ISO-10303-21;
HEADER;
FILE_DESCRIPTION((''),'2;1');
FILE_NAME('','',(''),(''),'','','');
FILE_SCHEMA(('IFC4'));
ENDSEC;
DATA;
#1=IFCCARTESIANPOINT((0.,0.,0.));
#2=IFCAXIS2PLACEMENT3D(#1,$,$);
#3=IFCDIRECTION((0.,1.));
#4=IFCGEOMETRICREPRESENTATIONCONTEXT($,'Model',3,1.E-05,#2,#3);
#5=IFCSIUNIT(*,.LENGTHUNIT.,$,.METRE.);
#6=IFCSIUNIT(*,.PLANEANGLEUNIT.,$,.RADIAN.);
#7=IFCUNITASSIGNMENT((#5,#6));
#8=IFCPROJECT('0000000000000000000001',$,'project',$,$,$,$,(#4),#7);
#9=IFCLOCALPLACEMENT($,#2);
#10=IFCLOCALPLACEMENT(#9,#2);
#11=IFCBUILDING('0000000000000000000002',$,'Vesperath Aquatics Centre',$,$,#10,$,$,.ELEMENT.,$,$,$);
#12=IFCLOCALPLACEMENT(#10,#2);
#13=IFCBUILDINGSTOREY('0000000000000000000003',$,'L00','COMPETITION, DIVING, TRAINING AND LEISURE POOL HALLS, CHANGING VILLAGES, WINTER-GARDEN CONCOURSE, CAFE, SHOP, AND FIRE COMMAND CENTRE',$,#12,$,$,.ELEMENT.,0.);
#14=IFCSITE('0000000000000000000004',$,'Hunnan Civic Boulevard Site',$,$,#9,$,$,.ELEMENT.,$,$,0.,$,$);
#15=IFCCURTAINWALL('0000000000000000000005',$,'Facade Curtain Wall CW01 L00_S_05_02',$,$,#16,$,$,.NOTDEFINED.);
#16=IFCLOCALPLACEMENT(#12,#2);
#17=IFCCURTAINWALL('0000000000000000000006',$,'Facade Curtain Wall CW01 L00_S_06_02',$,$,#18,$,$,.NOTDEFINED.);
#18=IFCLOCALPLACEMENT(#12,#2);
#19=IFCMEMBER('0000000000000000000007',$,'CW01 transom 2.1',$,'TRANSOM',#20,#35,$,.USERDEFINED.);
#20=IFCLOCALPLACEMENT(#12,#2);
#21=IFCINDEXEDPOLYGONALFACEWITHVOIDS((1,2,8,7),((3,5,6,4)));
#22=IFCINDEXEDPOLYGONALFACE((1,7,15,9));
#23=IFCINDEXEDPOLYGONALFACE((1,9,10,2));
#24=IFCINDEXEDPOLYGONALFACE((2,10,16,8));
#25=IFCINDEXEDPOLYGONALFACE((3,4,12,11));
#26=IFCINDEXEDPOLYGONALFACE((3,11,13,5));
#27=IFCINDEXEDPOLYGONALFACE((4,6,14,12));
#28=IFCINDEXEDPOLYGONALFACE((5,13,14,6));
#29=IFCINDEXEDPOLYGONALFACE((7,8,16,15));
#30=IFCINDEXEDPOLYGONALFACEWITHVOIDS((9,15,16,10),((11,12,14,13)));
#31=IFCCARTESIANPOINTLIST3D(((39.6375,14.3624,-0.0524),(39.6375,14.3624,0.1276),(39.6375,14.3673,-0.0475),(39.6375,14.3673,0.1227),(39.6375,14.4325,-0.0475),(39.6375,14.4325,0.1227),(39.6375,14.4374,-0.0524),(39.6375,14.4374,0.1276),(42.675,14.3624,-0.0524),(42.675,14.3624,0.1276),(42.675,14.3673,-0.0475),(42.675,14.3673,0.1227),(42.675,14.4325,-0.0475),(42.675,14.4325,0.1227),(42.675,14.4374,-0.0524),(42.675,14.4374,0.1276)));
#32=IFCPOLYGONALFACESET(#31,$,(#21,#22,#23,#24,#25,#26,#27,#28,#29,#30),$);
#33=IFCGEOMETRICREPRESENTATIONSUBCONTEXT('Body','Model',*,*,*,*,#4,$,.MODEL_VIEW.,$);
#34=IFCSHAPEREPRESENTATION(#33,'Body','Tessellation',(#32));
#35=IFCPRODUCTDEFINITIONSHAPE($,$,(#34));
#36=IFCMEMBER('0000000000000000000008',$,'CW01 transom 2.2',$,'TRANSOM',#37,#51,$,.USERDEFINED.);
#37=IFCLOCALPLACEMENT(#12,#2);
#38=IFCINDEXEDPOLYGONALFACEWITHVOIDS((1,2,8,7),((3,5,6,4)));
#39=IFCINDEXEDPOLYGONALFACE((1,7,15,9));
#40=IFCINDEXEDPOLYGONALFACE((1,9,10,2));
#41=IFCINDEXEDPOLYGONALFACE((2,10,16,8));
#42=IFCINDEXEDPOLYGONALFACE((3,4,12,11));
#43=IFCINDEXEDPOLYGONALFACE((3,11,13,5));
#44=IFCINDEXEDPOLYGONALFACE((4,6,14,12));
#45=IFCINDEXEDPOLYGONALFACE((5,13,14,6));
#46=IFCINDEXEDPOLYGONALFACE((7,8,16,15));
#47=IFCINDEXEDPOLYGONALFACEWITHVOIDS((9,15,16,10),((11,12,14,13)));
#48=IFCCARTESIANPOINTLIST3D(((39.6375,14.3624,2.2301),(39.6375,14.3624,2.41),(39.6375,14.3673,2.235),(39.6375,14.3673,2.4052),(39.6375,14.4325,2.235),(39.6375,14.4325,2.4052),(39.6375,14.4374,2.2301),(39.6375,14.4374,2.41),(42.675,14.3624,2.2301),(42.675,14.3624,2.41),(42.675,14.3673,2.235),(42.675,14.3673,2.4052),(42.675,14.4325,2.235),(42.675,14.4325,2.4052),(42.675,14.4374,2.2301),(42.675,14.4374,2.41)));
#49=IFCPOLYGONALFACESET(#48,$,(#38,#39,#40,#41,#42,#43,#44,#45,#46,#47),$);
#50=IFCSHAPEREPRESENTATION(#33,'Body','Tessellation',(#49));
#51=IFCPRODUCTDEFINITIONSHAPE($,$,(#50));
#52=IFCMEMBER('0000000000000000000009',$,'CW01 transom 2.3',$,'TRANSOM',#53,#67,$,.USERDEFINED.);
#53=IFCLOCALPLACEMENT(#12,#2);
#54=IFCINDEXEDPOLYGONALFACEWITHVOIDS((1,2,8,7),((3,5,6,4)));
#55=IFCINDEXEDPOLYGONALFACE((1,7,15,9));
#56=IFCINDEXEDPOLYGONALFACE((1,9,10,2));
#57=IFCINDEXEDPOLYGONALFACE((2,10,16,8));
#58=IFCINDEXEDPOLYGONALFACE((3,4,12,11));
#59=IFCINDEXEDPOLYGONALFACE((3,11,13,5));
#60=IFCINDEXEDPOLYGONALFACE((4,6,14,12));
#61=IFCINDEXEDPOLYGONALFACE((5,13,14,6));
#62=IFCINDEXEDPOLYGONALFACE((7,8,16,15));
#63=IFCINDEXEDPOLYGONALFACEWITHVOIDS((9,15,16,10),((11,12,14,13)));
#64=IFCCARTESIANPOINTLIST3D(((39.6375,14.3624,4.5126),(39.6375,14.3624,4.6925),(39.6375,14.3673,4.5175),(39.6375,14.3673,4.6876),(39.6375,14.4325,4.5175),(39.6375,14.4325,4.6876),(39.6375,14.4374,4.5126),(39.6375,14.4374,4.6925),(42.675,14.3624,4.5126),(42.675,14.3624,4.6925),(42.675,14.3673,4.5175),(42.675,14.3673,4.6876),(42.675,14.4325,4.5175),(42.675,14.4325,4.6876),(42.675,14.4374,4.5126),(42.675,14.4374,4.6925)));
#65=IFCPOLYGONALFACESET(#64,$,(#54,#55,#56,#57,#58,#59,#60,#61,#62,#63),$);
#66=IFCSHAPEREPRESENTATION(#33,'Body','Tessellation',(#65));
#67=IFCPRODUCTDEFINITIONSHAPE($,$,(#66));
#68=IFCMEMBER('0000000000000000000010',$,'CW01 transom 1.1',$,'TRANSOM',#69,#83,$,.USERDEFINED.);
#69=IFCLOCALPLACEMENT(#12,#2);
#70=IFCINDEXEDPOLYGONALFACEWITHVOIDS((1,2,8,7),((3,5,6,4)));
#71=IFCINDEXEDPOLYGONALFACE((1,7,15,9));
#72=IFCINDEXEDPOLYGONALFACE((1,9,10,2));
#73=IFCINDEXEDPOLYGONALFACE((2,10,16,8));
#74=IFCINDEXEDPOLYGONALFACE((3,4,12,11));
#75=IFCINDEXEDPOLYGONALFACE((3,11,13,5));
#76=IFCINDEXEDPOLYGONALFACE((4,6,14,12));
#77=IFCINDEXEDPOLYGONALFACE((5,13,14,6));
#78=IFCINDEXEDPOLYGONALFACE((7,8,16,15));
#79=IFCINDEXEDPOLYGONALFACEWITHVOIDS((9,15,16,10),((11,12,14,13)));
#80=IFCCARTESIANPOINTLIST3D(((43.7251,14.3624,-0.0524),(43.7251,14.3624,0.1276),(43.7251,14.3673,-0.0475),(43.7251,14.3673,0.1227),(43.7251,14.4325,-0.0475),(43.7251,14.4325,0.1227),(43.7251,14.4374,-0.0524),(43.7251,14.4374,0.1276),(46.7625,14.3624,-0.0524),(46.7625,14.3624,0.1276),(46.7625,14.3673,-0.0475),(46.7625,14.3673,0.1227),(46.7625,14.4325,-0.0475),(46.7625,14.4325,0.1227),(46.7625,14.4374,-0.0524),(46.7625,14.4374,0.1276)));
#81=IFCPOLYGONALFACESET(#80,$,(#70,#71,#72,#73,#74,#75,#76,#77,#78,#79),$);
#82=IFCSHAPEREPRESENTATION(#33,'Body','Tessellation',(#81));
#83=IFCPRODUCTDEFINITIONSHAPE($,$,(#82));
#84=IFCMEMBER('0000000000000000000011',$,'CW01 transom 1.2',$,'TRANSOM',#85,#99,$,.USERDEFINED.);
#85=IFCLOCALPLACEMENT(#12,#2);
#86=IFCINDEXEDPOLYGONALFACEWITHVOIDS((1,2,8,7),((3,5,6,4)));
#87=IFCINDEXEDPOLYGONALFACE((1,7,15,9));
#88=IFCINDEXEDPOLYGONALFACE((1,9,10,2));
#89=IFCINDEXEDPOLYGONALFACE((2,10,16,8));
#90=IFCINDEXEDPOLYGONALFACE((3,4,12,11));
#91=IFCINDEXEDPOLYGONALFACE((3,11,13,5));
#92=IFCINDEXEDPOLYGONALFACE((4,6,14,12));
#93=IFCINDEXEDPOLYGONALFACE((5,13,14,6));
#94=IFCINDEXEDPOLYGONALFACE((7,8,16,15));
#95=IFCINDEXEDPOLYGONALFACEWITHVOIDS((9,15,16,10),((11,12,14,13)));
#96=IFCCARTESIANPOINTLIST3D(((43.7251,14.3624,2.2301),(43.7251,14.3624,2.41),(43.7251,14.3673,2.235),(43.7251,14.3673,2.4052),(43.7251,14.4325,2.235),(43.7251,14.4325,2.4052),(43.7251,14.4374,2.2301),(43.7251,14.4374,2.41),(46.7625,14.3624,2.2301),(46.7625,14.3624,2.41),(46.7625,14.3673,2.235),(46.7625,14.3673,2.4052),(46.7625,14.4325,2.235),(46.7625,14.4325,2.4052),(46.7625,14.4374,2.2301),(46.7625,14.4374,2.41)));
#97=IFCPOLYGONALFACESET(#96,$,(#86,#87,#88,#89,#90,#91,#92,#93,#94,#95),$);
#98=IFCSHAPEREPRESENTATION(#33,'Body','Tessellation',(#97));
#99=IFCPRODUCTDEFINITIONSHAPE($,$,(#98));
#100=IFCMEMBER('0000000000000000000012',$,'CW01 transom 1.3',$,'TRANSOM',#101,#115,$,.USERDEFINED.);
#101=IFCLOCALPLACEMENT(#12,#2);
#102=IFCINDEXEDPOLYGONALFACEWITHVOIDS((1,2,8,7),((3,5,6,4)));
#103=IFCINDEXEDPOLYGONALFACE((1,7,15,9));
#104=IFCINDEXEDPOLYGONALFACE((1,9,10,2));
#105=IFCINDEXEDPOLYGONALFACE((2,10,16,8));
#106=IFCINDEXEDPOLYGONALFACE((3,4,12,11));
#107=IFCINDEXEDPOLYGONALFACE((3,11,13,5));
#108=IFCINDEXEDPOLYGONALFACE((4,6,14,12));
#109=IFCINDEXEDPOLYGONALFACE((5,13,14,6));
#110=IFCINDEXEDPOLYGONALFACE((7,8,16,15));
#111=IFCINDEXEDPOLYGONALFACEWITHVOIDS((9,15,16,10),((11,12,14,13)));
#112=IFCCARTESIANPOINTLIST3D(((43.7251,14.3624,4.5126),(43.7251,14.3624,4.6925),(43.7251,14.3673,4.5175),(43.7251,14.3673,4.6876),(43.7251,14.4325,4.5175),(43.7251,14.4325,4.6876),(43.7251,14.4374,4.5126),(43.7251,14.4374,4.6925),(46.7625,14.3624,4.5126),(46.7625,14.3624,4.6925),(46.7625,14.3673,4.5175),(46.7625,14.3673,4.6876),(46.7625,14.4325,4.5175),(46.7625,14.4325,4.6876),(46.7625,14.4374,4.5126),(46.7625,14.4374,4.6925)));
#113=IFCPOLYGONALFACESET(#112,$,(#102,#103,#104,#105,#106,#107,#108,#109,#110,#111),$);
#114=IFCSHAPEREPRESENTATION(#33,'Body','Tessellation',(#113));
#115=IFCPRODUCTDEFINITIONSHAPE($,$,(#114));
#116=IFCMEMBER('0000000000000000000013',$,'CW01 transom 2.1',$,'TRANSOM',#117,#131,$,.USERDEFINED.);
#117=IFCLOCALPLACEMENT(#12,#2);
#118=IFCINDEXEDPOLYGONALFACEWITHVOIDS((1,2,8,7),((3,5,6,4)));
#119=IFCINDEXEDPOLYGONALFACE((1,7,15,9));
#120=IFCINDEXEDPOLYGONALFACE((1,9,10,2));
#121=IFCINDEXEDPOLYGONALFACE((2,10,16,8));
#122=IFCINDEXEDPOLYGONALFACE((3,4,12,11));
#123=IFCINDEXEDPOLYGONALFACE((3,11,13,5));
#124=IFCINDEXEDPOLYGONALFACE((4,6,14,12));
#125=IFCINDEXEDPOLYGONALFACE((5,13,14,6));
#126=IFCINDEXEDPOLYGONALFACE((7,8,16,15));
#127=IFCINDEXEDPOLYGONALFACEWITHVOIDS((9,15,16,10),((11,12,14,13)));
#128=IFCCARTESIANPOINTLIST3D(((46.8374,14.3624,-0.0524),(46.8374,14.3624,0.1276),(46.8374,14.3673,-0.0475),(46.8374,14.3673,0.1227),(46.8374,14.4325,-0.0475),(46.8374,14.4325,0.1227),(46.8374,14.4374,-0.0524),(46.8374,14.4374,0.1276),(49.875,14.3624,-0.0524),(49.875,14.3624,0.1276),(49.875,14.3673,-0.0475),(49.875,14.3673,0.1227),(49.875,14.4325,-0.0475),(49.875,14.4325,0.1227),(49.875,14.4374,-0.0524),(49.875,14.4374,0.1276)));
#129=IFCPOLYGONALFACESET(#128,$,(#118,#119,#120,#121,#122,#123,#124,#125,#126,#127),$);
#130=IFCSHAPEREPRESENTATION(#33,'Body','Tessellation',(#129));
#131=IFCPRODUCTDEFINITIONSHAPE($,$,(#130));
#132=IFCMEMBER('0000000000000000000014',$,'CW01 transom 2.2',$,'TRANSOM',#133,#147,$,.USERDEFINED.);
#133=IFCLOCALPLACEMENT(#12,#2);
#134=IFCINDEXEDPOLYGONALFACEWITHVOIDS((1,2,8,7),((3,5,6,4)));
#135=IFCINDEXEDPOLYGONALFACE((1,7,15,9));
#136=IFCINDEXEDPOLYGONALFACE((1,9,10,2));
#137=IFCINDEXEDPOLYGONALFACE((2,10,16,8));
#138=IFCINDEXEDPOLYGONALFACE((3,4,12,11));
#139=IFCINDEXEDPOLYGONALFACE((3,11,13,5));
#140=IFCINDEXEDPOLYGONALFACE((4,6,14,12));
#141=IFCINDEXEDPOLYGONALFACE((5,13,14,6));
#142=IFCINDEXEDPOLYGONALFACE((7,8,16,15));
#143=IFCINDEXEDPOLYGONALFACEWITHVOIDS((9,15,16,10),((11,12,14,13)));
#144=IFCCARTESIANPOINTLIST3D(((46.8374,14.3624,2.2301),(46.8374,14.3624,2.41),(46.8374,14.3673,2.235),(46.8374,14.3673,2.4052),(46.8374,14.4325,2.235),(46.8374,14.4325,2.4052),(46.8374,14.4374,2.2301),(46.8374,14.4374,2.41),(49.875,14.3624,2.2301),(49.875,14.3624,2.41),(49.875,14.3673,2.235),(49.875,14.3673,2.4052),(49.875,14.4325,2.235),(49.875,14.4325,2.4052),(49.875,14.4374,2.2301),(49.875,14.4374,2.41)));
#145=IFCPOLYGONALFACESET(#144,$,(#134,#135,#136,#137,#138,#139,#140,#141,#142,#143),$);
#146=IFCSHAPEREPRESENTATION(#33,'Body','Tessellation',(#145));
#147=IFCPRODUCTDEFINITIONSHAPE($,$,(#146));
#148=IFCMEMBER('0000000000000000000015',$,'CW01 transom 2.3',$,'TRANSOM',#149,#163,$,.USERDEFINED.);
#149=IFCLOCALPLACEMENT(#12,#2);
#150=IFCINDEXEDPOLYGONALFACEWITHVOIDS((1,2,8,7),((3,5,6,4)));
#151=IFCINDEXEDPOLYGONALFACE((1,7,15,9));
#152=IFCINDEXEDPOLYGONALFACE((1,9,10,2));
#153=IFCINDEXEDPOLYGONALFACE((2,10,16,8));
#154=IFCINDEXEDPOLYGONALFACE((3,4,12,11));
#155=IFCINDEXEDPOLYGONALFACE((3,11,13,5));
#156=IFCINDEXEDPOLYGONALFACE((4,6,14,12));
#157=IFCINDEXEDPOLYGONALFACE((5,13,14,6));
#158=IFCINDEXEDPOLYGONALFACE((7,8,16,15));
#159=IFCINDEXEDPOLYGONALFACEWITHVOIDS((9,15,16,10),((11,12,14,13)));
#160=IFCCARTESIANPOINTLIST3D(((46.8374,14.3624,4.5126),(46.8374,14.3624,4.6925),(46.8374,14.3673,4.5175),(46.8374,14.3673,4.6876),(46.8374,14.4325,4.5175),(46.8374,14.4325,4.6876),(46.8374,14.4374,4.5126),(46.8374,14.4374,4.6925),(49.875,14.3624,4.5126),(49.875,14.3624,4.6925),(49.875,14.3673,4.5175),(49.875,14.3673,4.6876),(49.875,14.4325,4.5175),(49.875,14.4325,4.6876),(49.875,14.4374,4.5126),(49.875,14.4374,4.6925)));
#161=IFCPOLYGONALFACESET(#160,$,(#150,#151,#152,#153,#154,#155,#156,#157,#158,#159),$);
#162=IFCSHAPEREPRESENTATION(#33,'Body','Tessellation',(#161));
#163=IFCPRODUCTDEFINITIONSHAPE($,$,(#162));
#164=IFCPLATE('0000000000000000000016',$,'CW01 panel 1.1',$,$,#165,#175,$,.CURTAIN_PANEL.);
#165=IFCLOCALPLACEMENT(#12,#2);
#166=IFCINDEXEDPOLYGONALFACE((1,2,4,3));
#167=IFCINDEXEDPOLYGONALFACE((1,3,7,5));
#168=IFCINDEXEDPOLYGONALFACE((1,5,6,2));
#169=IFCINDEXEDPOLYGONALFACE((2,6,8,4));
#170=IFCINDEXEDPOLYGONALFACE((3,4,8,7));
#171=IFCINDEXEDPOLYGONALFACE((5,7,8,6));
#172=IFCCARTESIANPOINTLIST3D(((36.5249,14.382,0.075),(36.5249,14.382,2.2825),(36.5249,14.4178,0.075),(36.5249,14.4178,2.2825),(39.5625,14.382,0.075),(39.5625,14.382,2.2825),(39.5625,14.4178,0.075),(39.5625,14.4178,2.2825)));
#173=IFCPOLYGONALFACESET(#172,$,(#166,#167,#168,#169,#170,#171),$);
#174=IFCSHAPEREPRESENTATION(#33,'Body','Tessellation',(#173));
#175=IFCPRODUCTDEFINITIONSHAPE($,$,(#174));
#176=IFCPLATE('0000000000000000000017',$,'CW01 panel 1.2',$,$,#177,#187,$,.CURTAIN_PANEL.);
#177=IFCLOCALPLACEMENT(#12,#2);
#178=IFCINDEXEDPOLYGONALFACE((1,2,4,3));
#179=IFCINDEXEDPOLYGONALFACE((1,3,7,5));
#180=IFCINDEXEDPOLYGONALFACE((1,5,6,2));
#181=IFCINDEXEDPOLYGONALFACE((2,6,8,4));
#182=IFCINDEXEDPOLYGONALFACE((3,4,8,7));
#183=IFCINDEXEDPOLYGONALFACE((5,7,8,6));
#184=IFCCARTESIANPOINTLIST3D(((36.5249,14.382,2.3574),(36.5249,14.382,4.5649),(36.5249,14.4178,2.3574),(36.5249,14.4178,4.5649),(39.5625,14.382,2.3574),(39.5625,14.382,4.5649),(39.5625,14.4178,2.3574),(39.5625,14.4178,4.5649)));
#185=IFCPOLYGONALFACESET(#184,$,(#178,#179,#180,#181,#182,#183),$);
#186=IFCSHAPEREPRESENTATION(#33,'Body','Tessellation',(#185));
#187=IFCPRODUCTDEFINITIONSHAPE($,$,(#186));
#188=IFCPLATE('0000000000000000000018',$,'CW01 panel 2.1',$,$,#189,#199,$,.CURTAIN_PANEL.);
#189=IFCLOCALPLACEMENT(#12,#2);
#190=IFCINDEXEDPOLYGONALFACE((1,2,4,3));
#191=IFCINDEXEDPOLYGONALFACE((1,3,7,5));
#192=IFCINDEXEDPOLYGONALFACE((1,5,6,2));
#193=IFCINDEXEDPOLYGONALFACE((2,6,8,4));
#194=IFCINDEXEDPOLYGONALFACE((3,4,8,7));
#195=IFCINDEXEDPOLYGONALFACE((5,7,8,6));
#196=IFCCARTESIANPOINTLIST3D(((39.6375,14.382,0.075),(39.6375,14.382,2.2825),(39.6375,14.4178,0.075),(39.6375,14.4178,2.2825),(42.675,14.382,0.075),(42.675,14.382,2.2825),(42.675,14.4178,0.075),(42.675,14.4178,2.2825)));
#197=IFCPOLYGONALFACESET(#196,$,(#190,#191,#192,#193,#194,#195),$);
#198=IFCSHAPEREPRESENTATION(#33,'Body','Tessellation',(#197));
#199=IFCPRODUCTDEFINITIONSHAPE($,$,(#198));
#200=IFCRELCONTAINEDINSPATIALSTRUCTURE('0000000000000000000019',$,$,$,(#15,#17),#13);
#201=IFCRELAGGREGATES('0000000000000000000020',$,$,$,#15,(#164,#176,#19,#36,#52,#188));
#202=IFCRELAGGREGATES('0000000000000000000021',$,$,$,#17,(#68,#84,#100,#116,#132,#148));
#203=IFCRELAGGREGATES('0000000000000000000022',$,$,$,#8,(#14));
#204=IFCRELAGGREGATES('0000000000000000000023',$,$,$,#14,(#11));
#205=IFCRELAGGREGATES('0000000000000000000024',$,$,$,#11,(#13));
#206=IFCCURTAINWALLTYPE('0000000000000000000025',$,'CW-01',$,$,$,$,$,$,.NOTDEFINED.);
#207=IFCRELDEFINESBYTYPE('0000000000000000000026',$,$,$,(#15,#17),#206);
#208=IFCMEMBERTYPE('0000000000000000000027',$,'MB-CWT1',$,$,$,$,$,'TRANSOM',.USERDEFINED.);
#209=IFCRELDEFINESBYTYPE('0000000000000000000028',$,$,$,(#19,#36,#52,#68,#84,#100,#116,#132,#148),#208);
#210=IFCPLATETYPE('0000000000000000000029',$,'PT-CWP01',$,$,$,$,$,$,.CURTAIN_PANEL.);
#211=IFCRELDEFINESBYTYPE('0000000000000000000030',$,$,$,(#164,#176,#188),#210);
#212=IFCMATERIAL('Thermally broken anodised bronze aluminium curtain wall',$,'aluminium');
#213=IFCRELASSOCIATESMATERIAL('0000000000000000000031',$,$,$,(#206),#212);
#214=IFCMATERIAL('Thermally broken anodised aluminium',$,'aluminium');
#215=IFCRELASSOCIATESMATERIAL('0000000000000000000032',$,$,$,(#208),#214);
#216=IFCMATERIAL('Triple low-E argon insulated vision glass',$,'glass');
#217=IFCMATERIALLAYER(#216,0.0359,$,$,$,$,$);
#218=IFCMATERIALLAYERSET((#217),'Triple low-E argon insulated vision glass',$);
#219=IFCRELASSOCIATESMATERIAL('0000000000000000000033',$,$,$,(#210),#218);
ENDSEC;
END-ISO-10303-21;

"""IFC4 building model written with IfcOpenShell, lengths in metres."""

from ifc_helpers import new_model, si_unit, direction, frame, origin, origin_2d, place, context, subcontext, project, spatial, rectangle, hollow_rectangle, extrude, material, layer, layer_set, material_profile, profile_set, type_object, element, aggregate, save


model = new_model("IFC4")

# Units and contexts
model_context = context("Model", 3, precision=1e-05, world=origin(), true_north=direction((0.0, 1.0)))
body_context = subcontext(model_context, "Body", "Model", "MODEL_VIEW")
ifc_project = project(units=[si_unit("LENGTHUNIT", "METRE"), si_unit("PLANEANGLEUNIT", "RADIAN")], contexts=[model_context])

# Site, building, storey
site_placement = place(None, origin())
site = spatial("IfcSite", under=ifc_project, at=site_placement, Name="Hunnan Civic Boulevard Site", CompositionType="ELEMENT", RefElevation=0.0)
building_placement = place(site_placement, origin())
building = spatial("IfcBuilding", under=site, at=building_placement, Name="Vesperath Aquatics Centre", CompositionType="ELEMENT")
storey_placement = place(building_placement, origin())
storey = spatial("IfcBuildingStorey", under=building, at=storey_placement, Name="L00", Description="COMPETITION, DIVING, TRAINING AND LEISURE POOL HALLS, CHANGING VILLAGES, WINTER-GARDEN CONCOURSE, CAFE, SHOP, AND FIRE COMMAND CENTRE", CompositionType="ELEMENT", Elevation=0.0)

# Curtain walls
ifc_material_1 = material(Name="Thermally broken anodised bronze aluminium curtain wall", Category="aluminium")
curtain_wall_type = type_object("IfcCurtainWallType", Name="CW-01", PredefinedType="NOTDEFINED", material=ifc_material_1)
curtain_wall_1_placement = place(storey_placement, origin())
curtain_wall_1 = element("IfcCurtainWall", 1, at=curtain_wall_1_placement, inside=storey, type_object=curtain_wall_type, Name="Facade Curtain Wall CW01 L00_S_05_02", PredefinedType="NOTDEFINED")
ifc_material_2 = material(Name="Thermally broken anodised aluminium", Category="aluminium")
curtain_wall_2_placement = place(storey_placement, origin())
curtain_wall_2 = element("IfcCurtainWall", 2, at=curtain_wall_2_placement, inside=storey, type_object=curtain_wall_type, Name="Facade Curtain Wall CW01 L00_S_06_02", PredefinedType="NOTDEFINED")

# Members
ifc_material_profile_1 = material_profile(ifc_material_2, hollow_rectangle(XDim=0.075, YDim=0.1799, WallThickness=0.0049, at=origin_2d()), Name="CWT 75x180x5")
ifc_profile_set_1 = profile_set([ifc_material_profile_1], Name="Thermally broken anodised aluminium")
member_type_1 = type_object("IfcMemberType", Name="MB-CWT1", ElementType="TRANSOM", PredefinedType="USERDEFINED", material=ifc_profile_set_1)
member_1_placement = place(storey_placement, frame((39.6375, 14.3999, 0.0376), z_axis=(1.0, 0.0, 0.0), x_axis=(0.0, 1.0, 0.0)))
member_1 = element("IfcMember", 3, at=member_1_placement, type_object=member_type_1, Name="CW01 transom 2.1", ObjectType="TRANSOM", PredefinedType="USERDEFINED", context=body_context, shape_type="SweptSolid", body=[
    extrude(hollow_rectangle(XDim=0.075, YDim=0.1799, WallThickness=0.0049, at=origin_2d()), origin(), (0.0, 0.0, 1.0), 3.0376),
])
member_2_placement = place(storey_placement, frame((39.6375, 14.3999, 2.3201), z_axis=(1.0, 0.0, 0.0), x_axis=(0.0, 1.0, 0.0)))
member_2 = element("IfcMember", 4, at=member_2_placement, type_object=member_type_1, Name="CW01 transom 2.2", ObjectType="TRANSOM", PredefinedType="USERDEFINED", context=body_context, shape_type="SweptSolid", body=[
    extrude(hollow_rectangle(XDim=0.075, YDim=0.1799, WallThickness=0.0049, at=origin_2d()), origin(), (0.0, 0.0, 1.0), 3.0376),
])
member_3_placement = place(storey_placement, frame((39.6375, 14.3999, 4.6025), z_axis=(1.0, 0.0, 0.0), x_axis=(0.0, 1.0, 0.0)))
member_3 = element("IfcMember", 5, at=member_3_placement, type_object=member_type_1, Name="CW01 transom 2.3", ObjectType="TRANSOM", PredefinedType="USERDEFINED", context=body_context, shape_type="SweptSolid", body=[
    extrude(hollow_rectangle(XDim=0.075, YDim=0.1799, WallThickness=0.0049, at=origin_2d()), origin(), (0.0, 0.0, 1.0), 3.0376),
])
member_4_placement = place(storey_placement, frame((43.7251, 14.3999, 0.0376), z_axis=(1.0, 0.0, 0.0), x_axis=(0.0, 1.0, 0.0)))
member_4 = element("IfcMember", 6, at=member_4_placement, type_object=member_type_1, Name="CW01 transom 1.1", ObjectType="TRANSOM", PredefinedType="USERDEFINED", context=body_context, shape_type="SweptSolid", body=[
    extrude(hollow_rectangle(XDim=0.075, YDim=0.1799, WallThickness=0.0049, at=origin_2d()), origin(), (0.0, 0.0, 1.0), 3.0374),
])
member_5_placement = place(storey_placement, frame((43.7251, 14.3999, 2.3201), z_axis=(1.0, 0.0, 0.0), x_axis=(0.0, 1.0, 0.0)))
member_5 = element("IfcMember", 7, at=member_5_placement, type_object=member_type_1, Name="CW01 transom 1.2", ObjectType="TRANSOM", PredefinedType="USERDEFINED", context=body_context, shape_type="SweptSolid", body=[
    extrude(hollow_rectangle(XDim=0.075, YDim=0.1799, WallThickness=0.0049, at=origin_2d()), origin(), (0.0, 0.0, 1.0), 3.0374),
])
member_6_placement = place(storey_placement, frame((43.7251, 14.3999, 4.6025), z_axis=(1.0, 0.0, 0.0), x_axis=(0.0, 1.0, 0.0)))
member_6 = element("IfcMember", 8, at=member_6_placement, type_object=member_type_1, Name="CW01 transom 1.3", ObjectType="TRANSOM", PredefinedType="USERDEFINED", context=body_context, shape_type="SweptSolid", body=[
    extrude(hollow_rectangle(XDim=0.075, YDim=0.1799, WallThickness=0.0049, at=origin_2d()), origin(), (0.0, 0.0, 1.0), 3.0374),
])
member_7_placement = place(storey_placement, frame((46.8374, 14.3999, 0.0376), z_axis=(1.0, 0.0, 0.0), x_axis=(0.0, 1.0, 0.0)))
member_7 = element("IfcMember", 9, at=member_7_placement, type_object=member_type_1, Name="CW01 transom 2.1", ObjectType="TRANSOM", PredefinedType="USERDEFINED", context=body_context, shape_type="SweptSolid", body=[
    extrude(hollow_rectangle(XDim=0.075, YDim=0.1799, WallThickness=0.0049, at=origin_2d()), origin(), (0.0, 0.0, 1.0), 3.0376),
])
member_8_placement = place(storey_placement, frame((46.8374, 14.3999, 2.3201), z_axis=(1.0, 0.0, 0.0), x_axis=(0.0, 1.0, 0.0)))
member_8 = element("IfcMember", 10, at=member_8_placement, type_object=member_type_1, Name="CW01 transom 2.2", ObjectType="TRANSOM", PredefinedType="USERDEFINED", context=body_context, shape_type="SweptSolid", body=[
    extrude(hollow_rectangle(XDim=0.075, YDim=0.1799, WallThickness=0.0049, at=origin_2d()), origin(), (0.0, 0.0, 1.0), 3.0376),
])
member_9_placement = place(storey_placement, frame((46.8374, 14.3999, 4.6025), z_axis=(1.0, 0.0, 0.0), x_axis=(0.0, 1.0, 0.0)))
member_9 = element("IfcMember", 11, at=member_9_placement, type_object=member_type_1, Name="CW01 transom 2.3", ObjectType="TRANSOM", PredefinedType="USERDEFINED", context=body_context, shape_type="SweptSolid", body=[
    extrude(hollow_rectangle(XDim=0.075, YDim=0.1799, WallThickness=0.0049, at=origin_2d()), origin(), (0.0, 0.0, 1.0), 3.0376),
])

# Plates
ifc_material_3 = material(Name="Triple low-E argon insulated vision glass", Category="glass")
ifc_layer = layer(ifc_material_3, 0.0359)
ifc_layer_set = layer_set([ifc_layer], Name="Triple low-E argon insulated vision glass")
plate_type = type_object("IfcPlateType", Name="PT-CWP01", PredefinedType="CURTAIN_PANEL", material=ifc_layer_set)
plate_1_placement = place(storey_placement, frame((38.0437, 14.3999, 0.075), z_axis=(0.0, 0.0, 1.0), x_axis=(1.0, 0.0, 0.0)))
plate_1 = element("IfcPlate", 12, at=plate_1_placement, type_object=plate_type, Name="CW01 panel 1.1", PredefinedType="CURTAIN_PANEL", context=body_context, shape_type="SweptSolid", body=[
    extrude(rectangle(XDim=3.0376, YDim=0.0359, at=origin_2d()), origin(), (0.0, 0.0, 1.0), 2.2075),
])
plate_2_placement = place(storey_placement, frame((38.0437, 14.3999, 2.3574), z_axis=(0.0, 0.0, 1.0), x_axis=(1.0, 0.0, 0.0)))
plate_2 = element("IfcPlate", 13, at=plate_2_placement, type_object=plate_type, Name="CW01 panel 1.2", PredefinedType="CURTAIN_PANEL", context=body_context, shape_type="SweptSolid", body=[
    extrude(rectangle(XDim=3.0376, YDim=0.0359, at=origin_2d()), origin(), (0.0, 0.0, 1.0), 2.2075),
])
plate_3_placement = place(storey_placement, frame((41.1562, 14.3999, 0.075), z_axis=(0.0, 0.0, 1.0), x_axis=(1.0, 0.0, 0.0)))
plate_3 = element("IfcPlate", 14, at=plate_3_placement, type_object=plate_type, Name="CW01 panel 2.1", PredefinedType="CURTAIN_PANEL", context=body_context, shape_type="SweptSolid", body=[
    extrude(rectangle(XDim=3.0376, YDim=0.0359, at=origin_2d()), origin(), (0.0, 0.0, 1.0), 2.2075),
])
aggregate(curtain_wall_1, [plate_1, plate_2, member_1, member_2, member_3, plate_3])
aggregate(curtain_wall_2, [member_4, member_5, member_6, member_7, member_8, member_9])

save(model, "model.ifc")
